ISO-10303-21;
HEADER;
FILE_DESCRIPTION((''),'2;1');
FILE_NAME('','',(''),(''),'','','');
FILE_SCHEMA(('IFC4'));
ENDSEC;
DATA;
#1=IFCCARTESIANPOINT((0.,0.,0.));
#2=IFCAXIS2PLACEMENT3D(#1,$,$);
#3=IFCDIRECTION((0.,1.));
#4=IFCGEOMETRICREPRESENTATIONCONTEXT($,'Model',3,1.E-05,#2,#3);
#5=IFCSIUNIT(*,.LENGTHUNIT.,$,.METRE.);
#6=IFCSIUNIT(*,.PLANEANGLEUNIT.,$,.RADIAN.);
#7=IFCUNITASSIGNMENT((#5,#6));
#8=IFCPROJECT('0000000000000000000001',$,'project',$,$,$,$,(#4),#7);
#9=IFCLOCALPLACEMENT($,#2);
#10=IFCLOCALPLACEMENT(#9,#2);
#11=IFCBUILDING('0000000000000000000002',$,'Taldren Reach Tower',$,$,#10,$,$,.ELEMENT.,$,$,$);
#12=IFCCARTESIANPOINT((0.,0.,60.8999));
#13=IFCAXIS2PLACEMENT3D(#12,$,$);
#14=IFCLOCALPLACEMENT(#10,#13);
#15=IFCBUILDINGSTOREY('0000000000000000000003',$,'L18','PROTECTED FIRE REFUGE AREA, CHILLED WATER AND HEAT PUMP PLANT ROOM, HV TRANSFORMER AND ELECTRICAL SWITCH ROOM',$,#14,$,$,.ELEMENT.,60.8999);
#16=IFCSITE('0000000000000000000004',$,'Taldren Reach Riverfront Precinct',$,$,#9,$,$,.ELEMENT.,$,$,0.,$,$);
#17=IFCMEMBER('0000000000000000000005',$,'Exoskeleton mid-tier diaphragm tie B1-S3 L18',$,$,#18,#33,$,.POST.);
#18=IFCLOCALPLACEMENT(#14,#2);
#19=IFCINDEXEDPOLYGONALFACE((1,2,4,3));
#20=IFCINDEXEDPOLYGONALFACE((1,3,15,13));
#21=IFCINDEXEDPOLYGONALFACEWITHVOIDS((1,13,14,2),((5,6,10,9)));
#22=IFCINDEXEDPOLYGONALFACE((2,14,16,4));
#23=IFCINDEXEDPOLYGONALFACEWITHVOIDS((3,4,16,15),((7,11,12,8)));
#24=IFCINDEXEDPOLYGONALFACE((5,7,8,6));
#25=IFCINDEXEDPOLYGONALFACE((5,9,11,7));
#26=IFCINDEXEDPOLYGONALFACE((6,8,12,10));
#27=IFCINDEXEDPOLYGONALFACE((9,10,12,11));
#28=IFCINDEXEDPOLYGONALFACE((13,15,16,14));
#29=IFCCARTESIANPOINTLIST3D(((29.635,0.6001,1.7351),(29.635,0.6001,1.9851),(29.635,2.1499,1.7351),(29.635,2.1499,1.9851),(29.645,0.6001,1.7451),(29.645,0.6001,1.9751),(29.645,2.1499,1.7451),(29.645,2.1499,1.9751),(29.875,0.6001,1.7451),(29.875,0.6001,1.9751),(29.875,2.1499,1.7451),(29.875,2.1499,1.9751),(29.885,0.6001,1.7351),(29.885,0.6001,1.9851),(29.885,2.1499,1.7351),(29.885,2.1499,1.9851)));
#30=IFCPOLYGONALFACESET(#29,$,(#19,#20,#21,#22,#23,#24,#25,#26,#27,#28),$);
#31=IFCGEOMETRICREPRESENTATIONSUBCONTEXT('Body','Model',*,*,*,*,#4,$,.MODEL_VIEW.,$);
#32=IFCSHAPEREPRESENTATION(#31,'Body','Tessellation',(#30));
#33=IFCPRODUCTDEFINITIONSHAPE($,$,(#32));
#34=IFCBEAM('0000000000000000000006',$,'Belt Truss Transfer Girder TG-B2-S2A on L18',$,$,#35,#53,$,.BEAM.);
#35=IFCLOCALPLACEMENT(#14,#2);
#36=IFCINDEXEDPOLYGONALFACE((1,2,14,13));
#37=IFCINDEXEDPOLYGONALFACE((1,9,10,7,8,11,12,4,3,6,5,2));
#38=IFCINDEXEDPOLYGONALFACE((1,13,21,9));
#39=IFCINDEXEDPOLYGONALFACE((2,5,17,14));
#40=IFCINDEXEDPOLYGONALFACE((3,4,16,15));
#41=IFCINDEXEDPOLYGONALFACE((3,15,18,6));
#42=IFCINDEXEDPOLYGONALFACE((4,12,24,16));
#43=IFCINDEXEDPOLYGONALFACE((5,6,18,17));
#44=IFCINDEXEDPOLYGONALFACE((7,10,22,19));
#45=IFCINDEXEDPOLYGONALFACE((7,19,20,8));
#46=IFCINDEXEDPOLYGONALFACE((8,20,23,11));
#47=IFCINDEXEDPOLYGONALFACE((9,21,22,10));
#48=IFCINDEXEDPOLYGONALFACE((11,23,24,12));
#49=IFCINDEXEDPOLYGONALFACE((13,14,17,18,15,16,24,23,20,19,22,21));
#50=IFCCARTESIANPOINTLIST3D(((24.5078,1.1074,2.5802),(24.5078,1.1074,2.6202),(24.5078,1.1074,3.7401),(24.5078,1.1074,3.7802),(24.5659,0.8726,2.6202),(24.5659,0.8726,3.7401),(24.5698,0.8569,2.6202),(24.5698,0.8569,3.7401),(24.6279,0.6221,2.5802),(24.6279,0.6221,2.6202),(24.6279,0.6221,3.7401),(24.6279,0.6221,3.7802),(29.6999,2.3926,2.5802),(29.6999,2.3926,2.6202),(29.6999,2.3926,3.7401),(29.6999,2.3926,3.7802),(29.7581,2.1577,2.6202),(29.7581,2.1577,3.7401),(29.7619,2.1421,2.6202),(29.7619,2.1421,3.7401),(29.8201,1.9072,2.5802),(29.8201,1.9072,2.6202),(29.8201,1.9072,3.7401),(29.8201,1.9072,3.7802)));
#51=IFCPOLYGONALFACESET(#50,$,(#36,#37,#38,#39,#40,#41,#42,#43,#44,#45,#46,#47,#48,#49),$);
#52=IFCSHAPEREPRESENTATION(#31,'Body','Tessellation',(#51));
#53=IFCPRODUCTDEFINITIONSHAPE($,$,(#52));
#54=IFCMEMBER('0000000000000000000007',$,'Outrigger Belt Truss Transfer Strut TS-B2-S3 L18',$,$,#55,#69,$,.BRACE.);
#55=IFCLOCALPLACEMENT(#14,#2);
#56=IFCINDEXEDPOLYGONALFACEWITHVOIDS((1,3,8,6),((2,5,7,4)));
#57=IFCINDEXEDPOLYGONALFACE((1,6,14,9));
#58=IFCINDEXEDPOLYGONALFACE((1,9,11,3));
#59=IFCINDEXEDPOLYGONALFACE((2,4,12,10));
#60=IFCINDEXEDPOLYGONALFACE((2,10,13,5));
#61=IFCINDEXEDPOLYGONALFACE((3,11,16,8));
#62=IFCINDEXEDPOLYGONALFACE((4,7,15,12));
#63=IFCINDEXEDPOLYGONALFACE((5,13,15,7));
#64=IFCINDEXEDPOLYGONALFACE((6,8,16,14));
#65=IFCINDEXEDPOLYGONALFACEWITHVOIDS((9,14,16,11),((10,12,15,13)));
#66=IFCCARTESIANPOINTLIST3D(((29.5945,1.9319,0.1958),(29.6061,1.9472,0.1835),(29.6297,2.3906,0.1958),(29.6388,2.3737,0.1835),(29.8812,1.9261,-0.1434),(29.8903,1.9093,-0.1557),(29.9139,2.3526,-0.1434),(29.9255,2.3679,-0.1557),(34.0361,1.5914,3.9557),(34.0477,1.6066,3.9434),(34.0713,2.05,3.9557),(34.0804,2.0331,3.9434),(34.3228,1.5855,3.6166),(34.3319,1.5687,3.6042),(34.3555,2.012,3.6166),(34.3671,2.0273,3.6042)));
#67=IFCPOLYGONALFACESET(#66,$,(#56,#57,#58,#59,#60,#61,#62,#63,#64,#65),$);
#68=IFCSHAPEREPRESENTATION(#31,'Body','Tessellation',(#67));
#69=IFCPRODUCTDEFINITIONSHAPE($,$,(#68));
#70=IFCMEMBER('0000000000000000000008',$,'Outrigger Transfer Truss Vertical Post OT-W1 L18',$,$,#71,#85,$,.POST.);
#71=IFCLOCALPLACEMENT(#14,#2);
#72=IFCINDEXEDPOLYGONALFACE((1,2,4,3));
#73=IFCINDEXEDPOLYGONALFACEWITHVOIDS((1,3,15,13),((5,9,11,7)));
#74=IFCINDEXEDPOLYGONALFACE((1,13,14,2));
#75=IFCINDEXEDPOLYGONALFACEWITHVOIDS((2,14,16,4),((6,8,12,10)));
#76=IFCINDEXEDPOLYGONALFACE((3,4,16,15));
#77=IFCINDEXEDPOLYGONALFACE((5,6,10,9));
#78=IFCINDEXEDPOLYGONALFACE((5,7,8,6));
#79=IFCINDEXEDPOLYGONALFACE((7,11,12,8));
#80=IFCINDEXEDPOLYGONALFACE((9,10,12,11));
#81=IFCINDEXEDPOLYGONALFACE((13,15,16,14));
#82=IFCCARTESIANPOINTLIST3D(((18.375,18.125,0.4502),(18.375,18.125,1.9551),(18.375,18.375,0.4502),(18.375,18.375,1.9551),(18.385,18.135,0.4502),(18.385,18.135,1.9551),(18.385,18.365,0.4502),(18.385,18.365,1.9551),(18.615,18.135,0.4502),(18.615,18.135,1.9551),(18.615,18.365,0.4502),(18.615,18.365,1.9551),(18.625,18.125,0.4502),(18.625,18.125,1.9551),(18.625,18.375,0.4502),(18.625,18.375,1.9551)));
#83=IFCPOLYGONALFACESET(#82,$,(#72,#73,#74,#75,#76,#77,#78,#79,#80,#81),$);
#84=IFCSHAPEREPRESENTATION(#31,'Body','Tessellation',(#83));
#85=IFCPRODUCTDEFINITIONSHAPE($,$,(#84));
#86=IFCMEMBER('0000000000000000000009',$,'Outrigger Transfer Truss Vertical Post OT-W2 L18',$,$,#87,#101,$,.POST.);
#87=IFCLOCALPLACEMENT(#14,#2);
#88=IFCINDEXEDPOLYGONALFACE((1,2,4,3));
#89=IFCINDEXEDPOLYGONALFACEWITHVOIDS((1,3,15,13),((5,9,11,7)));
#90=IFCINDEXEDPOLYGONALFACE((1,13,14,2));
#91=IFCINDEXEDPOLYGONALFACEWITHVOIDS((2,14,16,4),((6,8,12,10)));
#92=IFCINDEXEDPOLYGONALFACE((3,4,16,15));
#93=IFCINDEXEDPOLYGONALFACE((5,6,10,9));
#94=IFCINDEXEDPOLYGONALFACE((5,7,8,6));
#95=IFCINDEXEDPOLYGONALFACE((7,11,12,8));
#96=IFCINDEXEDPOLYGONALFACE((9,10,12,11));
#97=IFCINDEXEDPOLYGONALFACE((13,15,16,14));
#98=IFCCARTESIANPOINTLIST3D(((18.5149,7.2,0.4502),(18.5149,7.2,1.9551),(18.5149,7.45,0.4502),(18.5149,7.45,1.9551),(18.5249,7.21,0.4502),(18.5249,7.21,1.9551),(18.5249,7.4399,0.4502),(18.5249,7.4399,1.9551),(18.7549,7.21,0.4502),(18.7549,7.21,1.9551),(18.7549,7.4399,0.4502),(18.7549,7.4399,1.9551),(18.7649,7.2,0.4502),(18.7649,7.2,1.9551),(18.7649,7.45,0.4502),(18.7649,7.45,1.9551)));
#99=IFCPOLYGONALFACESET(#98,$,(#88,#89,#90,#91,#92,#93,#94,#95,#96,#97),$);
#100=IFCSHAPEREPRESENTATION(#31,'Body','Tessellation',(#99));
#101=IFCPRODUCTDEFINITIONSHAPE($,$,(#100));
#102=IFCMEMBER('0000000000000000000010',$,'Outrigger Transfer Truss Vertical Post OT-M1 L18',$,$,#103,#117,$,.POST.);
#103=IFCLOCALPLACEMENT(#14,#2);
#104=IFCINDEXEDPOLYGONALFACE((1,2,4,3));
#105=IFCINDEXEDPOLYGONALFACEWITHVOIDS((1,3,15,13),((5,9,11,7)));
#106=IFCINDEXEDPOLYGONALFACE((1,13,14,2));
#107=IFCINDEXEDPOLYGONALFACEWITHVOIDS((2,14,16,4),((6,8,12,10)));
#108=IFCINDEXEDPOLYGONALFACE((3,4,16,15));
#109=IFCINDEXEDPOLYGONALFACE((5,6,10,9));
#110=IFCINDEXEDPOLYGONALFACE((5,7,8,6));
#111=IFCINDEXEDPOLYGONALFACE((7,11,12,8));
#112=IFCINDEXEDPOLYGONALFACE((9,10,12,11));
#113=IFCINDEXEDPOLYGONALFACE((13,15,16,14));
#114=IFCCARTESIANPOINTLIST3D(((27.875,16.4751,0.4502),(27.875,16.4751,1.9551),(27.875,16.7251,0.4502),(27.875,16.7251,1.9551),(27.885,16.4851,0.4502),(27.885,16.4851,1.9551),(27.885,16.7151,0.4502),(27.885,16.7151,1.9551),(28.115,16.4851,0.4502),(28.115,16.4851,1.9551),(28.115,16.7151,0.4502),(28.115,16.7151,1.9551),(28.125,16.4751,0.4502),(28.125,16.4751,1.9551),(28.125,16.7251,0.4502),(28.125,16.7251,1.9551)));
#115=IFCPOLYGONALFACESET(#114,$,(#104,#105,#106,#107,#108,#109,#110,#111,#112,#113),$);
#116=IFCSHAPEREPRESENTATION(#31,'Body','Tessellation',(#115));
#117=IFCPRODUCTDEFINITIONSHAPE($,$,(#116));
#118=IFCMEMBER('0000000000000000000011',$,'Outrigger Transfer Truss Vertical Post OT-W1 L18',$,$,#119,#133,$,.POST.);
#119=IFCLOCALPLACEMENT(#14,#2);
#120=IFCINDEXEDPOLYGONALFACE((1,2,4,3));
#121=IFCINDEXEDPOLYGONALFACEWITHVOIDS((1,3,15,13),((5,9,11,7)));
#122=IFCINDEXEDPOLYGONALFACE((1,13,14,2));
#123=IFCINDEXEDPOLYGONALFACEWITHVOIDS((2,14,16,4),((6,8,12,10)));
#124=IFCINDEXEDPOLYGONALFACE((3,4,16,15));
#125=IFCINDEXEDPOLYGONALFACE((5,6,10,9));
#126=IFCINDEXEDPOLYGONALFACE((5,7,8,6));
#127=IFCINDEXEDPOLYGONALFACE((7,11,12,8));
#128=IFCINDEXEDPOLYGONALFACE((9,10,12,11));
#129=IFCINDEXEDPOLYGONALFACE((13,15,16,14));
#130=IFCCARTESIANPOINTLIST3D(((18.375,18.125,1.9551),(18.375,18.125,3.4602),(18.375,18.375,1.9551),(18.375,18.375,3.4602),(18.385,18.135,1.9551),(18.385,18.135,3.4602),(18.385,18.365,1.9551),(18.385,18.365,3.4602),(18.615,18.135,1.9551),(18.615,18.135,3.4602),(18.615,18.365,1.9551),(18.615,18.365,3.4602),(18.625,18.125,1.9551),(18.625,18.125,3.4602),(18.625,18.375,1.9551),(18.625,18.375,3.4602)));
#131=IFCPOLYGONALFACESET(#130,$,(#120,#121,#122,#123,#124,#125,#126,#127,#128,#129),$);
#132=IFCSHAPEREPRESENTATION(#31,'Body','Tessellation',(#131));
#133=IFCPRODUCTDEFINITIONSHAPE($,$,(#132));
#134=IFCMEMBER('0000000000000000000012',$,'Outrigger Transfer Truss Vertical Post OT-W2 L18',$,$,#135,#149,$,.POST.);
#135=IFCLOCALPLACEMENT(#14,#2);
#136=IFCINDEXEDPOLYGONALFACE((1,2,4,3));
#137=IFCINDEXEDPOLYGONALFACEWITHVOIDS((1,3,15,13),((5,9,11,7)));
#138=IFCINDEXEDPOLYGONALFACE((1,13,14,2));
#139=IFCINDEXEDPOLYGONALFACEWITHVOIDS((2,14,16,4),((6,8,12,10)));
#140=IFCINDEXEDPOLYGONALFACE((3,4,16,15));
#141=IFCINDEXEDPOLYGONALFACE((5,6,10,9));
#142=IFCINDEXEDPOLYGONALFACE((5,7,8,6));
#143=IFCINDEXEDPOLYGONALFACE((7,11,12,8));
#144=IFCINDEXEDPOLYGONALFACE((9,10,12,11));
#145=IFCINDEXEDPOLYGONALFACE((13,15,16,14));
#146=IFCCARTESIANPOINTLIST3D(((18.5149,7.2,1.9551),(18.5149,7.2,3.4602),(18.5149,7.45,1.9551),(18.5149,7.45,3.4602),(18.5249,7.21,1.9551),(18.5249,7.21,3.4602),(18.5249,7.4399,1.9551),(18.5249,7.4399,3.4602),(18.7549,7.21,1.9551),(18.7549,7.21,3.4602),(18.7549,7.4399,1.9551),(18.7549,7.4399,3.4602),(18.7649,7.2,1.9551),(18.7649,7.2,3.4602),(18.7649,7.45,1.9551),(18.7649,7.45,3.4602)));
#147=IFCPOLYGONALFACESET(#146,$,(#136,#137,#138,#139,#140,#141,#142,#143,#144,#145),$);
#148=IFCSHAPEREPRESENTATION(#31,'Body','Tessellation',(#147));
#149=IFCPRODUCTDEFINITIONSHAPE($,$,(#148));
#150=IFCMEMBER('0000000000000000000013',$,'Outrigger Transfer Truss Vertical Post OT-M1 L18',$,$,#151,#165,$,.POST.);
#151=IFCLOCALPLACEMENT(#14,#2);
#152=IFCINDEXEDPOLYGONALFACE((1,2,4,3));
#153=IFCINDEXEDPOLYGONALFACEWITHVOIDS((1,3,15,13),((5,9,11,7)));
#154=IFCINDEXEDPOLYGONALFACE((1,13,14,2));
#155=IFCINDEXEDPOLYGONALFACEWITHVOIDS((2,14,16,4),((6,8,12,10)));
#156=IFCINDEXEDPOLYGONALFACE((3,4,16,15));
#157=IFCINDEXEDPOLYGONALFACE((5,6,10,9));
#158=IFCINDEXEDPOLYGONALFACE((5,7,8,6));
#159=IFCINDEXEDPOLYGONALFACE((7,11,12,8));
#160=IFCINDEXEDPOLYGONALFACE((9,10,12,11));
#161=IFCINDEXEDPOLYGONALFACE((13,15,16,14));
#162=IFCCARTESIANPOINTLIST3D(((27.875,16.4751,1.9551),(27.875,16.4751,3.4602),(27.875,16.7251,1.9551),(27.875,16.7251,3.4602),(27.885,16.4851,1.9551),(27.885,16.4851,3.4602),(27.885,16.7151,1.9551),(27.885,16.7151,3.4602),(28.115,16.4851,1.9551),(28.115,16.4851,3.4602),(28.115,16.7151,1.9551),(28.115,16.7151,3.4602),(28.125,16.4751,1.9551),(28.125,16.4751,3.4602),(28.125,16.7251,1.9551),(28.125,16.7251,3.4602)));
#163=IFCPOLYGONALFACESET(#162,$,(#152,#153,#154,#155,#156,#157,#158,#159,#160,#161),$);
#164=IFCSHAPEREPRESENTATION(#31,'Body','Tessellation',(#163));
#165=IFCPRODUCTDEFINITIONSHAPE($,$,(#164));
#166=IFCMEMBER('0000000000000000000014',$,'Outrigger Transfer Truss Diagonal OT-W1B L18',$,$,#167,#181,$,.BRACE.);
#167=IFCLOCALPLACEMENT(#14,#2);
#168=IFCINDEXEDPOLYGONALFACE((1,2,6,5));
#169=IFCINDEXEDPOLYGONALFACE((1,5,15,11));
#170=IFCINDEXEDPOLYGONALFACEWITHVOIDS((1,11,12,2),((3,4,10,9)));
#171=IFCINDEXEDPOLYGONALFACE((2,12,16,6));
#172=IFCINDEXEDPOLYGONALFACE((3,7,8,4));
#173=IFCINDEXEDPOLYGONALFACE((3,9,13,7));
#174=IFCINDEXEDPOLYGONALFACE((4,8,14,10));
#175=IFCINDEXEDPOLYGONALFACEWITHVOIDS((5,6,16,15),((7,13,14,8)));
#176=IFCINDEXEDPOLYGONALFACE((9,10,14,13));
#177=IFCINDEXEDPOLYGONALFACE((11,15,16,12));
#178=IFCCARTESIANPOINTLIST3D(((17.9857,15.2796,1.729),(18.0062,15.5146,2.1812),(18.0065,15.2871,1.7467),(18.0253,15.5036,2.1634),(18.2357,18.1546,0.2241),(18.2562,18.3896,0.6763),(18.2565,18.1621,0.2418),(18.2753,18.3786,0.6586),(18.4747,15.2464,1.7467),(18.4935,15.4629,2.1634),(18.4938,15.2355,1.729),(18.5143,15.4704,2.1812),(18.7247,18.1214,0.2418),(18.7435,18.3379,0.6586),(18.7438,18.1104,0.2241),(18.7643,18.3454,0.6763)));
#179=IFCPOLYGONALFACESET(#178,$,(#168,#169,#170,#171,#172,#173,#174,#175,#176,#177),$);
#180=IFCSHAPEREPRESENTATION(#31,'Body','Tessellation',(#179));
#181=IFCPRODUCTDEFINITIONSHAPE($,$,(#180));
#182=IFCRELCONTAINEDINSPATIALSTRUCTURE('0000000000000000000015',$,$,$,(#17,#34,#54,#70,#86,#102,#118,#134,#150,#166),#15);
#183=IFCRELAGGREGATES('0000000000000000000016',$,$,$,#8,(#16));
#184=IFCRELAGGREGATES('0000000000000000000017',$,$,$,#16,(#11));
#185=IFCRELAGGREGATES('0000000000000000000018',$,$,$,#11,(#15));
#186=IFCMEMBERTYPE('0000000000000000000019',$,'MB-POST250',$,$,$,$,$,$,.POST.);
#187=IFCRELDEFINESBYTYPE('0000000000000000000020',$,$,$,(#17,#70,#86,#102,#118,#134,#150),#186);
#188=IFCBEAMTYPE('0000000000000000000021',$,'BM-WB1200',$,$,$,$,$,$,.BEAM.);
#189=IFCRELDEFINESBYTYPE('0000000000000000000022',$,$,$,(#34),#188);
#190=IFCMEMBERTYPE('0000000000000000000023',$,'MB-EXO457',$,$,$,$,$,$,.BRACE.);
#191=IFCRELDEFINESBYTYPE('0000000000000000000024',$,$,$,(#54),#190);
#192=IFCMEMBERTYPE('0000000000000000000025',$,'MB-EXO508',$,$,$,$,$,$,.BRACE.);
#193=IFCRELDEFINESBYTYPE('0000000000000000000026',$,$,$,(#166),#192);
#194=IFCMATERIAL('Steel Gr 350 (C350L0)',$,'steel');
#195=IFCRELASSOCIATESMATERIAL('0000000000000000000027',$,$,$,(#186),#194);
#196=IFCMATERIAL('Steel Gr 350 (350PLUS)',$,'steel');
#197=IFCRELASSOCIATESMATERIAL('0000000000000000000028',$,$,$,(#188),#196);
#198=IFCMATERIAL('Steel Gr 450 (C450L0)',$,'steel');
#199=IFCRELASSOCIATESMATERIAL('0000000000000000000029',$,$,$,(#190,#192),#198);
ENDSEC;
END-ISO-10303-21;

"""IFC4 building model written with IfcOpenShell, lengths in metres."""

from ifc_helpers import new_model, si_unit, direction, frame, origin, origin_2d, place, context, subcontext, project, spatial, hollow_rectangle, i_section, extrude, source, transform, mapped, material, material_profile, profile_set, type_object, element, save


model = new_model("IFC4")

# Units and contexts
model_context = context("Model", 3, precision=1e-05, world=origin(), true_north=direction((0.0, 1.0)))
body_context = subcontext(model_context, "Body", "Model", "MODEL_VIEW")
ifc_project = project(units=[si_unit("LENGTHUNIT", "METRE"), si_unit("PLANEANGLEUNIT", "RADIAN")], contexts=[model_context])

# Site, building, storey
site_placement = place(None, origin())
site = spatial("IfcSite", under=ifc_project, at=site_placement, Name="Taldren Reach Riverfront Precinct", CompositionType="ELEMENT", RefElevation=0.0)
building_placement = place(site_placement, origin())
building = spatial("IfcBuilding", under=site, at=building_placement, Name="Taldren Reach Tower", CompositionType="ELEMENT")
storey_placement = place(building_placement, frame((0.0, 0.0, 60.8999)))
storey = spatial("IfcBuildingStorey", under=building, at=storey_placement, Name="L18", Description="PROTECTED FIRE REFUGE AREA, CHILLED WATER AND HEAT PUMP PLANT ROOM, HV TRANSFORMER AND ELECTRICAL SWITCH ROOM", CompositionType="ELEMENT", Elevation=60.8999)

# Shared definitions
ifc_material_1 = material(Name="Steel Gr 350 (350PLUS)", Category="steel")

# Member
ifc_material_2 = material(Name="Steel Gr 450 (C450L0)", Category="steel")
ifc_material_3 = material(Name="Steel Gr 350 (C350L0)", Category="steel")
ifc_material_profile_1 = material_profile(ifc_material_3, hollow_rectangle(XDim=0.25, YDim=0.25, WallThickness=0.01, at=origin_2d()), Name="250x250x10.0SHS")
ifc_profile_set_1 = profile_set([ifc_material_profile_1], Name="Steel Gr 350 (C350L0)")
member_type_1 = type_object("IfcMemberType", Name="MB-POST250", PredefinedType="POST", material=ifc_profile_set_1)
shared_shape_1 = source(origin(), body_context, "Body", "SweptSolid", [
    extrude(hollow_rectangle(XDim=0.25, YDim=0.25, WallThickness=0.01, at=origin_2d()), origin(), (0.0, 0.0, 1.0), 1.5498),
])
for number, where, z_axis, x_axis, name in (
    (1, (29.76, 2.1499, 1.8601), (0.0, -1.0, 0.0), (1.0, 0.0, 0.0), "Exoskeleton mid-tier diaphragm tie B1-S3 L18"),
):
    element("IfcMember", number, at=place(storey_placement, frame(where, z_axis=z_axis, x_axis=x_axis)), inside=storey, type_object=member_type_1, Name=name, PredefinedType="POST", context=body_context, shape_type="MappedRepresentation", body=[
        mapped(shared_shape_1, transform((0.0, 0.0, 0.0), scale=1.0)),
    ])

# Beam
ifc_material_profile_2 = material_profile(ifc_material_1, i_section(OverallWidth=0.5, OverallDepth=1.2, WebThickness=0.0161, FlangeThickness=0.04, at=origin_2d()), Name="1200WB455")
ifc_profile_set_2 = profile_set([ifc_material_profile_2], Name="Steel Gr 350 (350PLUS)")
beam_type_1 = type_object("IfcBeamType", Name="BM-WB1200", PredefinedType="BEAM", material=ifc_profile_set_2)
shared_shape_2 = source(origin(), body_context, "Body", "SweptSolid", [
    extrude(i_section(OverallWidth=0.5, OverallDepth=1.2, WebThickness=0.0161, FlangeThickness=0.04, at=origin_2d()), origin(), (0.0, 0.0, 1.0), 5.3489),
])
beam_1_placement = place(storey_placement, frame((29.76, 2.1499, 3.1802), z_axis=(-0.970706, -0.240269, 0.0), x_axis=(0.240269, -0.970706, 0.0)))
element("IfcBeam", 2, at=beam_1_placement, inside=storey, type_object=beam_type_1, Name="Belt Truss Transfer Girder TG-B2-S2A on L18", PredefinedType="BEAM", context=body_context, shape_type="MappedRepresentation", body=[
    mapped(shared_shape_2, transform((0.0, 0.0, 0.0), scale=1.0)),
])

# Members
ifc_material_profile_3 = material_profile(ifc_material_2, hollow_rectangle(XDim=0.46, YDim=0.46, WallThickness=0.0161, at=origin_2d()), Name="460x460x16.0SHS")
ifc_profile_set_3 = profile_set([ifc_material_profile_3], Name="Steel Gr 450 (C450L0)")
member_type_2 = type_object("IfcMemberType", Name="MB-EXO457", PredefinedType="BRACE", material=ifc_profile_set_3)
shared_shape_3 = source(origin(), body_context, "Body", "SweptSolid", [
    extrude(hollow_rectangle(XDim=0.46, YDim=0.46, WallThickness=0.0161, at=origin_2d()), origin(), (0.0, 0.0, 1.0), 5.8293),
])
member_1_placement = place(storey_placement, frame((29.76, 2.1499, 0.02), z_axis=(0.761939, -0.058424, 0.645008), x_axis=(0.076453, 0.997073, 0.0)))
element("IfcMember", 3, at=member_1_placement, inside=storey, type_object=member_type_2, Name="Outrigger Belt Truss Transfer Strut TS-B2-S3 L18", PredefinedType="BRACE", context=body_context, shape_type="MappedRepresentation", body=[
    mapped(shared_shape_3, transform((0.0, 0.0, 0.0), scale=1.0)),
])
shared_shape_4 = source(origin(), body_context, "Body", "SweptSolid", [
    extrude(hollow_rectangle(XDim=0.25, YDim=0.25, WallThickness=0.01, at=origin_2d()), origin(), (0.0, 0.0, 1.0), 1.5049),
])
for number, where, z_axis, x_axis, name in (
    (4, (18.5, 18.25, 0.4502), (0.0, 0.0, 1.0), (1.0, 0.0, 0.0), "Outrigger Transfer Truss Vertical Post OT-W1 L18"),
    (5, (18.6399, 7.325, 0.4502), (0.0, 0.0, 1.0), (1.0, 0.0, 0.0), "Outrigger Transfer Truss Vertical Post OT-W2 L18"),
    (6, (28.0, 16.6001, 0.4502), (0.0, 0.0, 1.0), (1.0, 0.0, 0.0), "Outrigger Transfer Truss Vertical Post OT-M1 L18"),
):
    element("IfcMember", number, at=place(storey_placement, frame(where, z_axis=z_axis, x_axis=x_axis)), inside=storey, type_object=member_type_1, Name=name, PredefinedType="POST", context=body_context, shape_type="MappedRepresentation", body=[
        mapped(shared_shape_4, transform((0.0, 0.0, 0.0), scale=1.0)),
    ])
shared_shape_5 = source(origin(), body_context, "Body", "SweptSolid", [
    extrude(hollow_rectangle(XDim=0.25, YDim=0.25, WallThickness=0.01, at=origin_2d()), origin(), (0.0, 0.0, 1.0), 1.5051),
])
for number, where, z_axis, x_axis, name in (
    (7, (18.5, 18.25, 1.9551), (0.0, 0.0, 1.0), (1.0, 0.0, 0.0), "Outrigger Transfer Truss Vertical Post OT-W1 L18"),
    (8, (18.6399, 7.325, 1.9551), (0.0, 0.0, 1.0), (1.0, 0.0, 0.0), "Outrigger Transfer Truss Vertical Post OT-W2 L18"),
    (9, (28.0, 16.6001, 1.9551), (0.0, 0.0, 1.0), (1.0, 0.0, 0.0), "Outrigger Transfer Truss Vertical Post OT-M1 L18"),
):
    element("IfcMember", number, at=place(storey_placement, frame(where, z_axis=z_axis, x_axis=x_axis)), inside=storey, type_object=member_type_1, Name=name, PredefinedType="POST", context=body_context, shape_type="MappedRepresentation", body=[
        mapped(shared_shape_5, transform((0.0, 0.0, 0.0), scale=1.0)),
    ])
ifc_material_profile_4 = material_profile(ifc_material_2, hollow_rectangle(XDim=0.51, YDim=0.51, WallThickness=0.02, at=origin_2d()), Name="510x510x20.0SHS")
ifc_profile_set_4 = profile_set([ifc_material_profile_4], Name="Steel Gr 450 (C450L0)")
member_type_3 = type_object("IfcMemberType", Name="MB-EXO508", PredefinedType="BRACE", material=ifc_profile_set_4)
shared_shape_6 = source(origin(), body_context, "Body", "SweptSolid", [
    extrude(hollow_rectangle(XDim=0.51, YDim=0.51, WallThickness=0.02, at=origin_2d()), origin(), (0.0, 0.0, 1.0), 3.2546),
])
member_2_placement = place(storey_placement, frame((18.5, 18.25, 0.4502), z_axis=(-0.076813, -0.883349, 0.462378), x_axis=(0.996241, -0.08663, 0.0)))
element("IfcMember", 10, at=member_2_placement, inside=storey, type_object=member_type_3, Name="Outrigger Transfer Truss Diagonal OT-W1B L18", PredefinedType="BRACE", context=body_context, shape_type="MappedRepresentation", body=[
    mapped(shared_shape_6, transform((0.0, 0.0, 0.0), scale=1.0)),
])

save(model, "model.ifc")
